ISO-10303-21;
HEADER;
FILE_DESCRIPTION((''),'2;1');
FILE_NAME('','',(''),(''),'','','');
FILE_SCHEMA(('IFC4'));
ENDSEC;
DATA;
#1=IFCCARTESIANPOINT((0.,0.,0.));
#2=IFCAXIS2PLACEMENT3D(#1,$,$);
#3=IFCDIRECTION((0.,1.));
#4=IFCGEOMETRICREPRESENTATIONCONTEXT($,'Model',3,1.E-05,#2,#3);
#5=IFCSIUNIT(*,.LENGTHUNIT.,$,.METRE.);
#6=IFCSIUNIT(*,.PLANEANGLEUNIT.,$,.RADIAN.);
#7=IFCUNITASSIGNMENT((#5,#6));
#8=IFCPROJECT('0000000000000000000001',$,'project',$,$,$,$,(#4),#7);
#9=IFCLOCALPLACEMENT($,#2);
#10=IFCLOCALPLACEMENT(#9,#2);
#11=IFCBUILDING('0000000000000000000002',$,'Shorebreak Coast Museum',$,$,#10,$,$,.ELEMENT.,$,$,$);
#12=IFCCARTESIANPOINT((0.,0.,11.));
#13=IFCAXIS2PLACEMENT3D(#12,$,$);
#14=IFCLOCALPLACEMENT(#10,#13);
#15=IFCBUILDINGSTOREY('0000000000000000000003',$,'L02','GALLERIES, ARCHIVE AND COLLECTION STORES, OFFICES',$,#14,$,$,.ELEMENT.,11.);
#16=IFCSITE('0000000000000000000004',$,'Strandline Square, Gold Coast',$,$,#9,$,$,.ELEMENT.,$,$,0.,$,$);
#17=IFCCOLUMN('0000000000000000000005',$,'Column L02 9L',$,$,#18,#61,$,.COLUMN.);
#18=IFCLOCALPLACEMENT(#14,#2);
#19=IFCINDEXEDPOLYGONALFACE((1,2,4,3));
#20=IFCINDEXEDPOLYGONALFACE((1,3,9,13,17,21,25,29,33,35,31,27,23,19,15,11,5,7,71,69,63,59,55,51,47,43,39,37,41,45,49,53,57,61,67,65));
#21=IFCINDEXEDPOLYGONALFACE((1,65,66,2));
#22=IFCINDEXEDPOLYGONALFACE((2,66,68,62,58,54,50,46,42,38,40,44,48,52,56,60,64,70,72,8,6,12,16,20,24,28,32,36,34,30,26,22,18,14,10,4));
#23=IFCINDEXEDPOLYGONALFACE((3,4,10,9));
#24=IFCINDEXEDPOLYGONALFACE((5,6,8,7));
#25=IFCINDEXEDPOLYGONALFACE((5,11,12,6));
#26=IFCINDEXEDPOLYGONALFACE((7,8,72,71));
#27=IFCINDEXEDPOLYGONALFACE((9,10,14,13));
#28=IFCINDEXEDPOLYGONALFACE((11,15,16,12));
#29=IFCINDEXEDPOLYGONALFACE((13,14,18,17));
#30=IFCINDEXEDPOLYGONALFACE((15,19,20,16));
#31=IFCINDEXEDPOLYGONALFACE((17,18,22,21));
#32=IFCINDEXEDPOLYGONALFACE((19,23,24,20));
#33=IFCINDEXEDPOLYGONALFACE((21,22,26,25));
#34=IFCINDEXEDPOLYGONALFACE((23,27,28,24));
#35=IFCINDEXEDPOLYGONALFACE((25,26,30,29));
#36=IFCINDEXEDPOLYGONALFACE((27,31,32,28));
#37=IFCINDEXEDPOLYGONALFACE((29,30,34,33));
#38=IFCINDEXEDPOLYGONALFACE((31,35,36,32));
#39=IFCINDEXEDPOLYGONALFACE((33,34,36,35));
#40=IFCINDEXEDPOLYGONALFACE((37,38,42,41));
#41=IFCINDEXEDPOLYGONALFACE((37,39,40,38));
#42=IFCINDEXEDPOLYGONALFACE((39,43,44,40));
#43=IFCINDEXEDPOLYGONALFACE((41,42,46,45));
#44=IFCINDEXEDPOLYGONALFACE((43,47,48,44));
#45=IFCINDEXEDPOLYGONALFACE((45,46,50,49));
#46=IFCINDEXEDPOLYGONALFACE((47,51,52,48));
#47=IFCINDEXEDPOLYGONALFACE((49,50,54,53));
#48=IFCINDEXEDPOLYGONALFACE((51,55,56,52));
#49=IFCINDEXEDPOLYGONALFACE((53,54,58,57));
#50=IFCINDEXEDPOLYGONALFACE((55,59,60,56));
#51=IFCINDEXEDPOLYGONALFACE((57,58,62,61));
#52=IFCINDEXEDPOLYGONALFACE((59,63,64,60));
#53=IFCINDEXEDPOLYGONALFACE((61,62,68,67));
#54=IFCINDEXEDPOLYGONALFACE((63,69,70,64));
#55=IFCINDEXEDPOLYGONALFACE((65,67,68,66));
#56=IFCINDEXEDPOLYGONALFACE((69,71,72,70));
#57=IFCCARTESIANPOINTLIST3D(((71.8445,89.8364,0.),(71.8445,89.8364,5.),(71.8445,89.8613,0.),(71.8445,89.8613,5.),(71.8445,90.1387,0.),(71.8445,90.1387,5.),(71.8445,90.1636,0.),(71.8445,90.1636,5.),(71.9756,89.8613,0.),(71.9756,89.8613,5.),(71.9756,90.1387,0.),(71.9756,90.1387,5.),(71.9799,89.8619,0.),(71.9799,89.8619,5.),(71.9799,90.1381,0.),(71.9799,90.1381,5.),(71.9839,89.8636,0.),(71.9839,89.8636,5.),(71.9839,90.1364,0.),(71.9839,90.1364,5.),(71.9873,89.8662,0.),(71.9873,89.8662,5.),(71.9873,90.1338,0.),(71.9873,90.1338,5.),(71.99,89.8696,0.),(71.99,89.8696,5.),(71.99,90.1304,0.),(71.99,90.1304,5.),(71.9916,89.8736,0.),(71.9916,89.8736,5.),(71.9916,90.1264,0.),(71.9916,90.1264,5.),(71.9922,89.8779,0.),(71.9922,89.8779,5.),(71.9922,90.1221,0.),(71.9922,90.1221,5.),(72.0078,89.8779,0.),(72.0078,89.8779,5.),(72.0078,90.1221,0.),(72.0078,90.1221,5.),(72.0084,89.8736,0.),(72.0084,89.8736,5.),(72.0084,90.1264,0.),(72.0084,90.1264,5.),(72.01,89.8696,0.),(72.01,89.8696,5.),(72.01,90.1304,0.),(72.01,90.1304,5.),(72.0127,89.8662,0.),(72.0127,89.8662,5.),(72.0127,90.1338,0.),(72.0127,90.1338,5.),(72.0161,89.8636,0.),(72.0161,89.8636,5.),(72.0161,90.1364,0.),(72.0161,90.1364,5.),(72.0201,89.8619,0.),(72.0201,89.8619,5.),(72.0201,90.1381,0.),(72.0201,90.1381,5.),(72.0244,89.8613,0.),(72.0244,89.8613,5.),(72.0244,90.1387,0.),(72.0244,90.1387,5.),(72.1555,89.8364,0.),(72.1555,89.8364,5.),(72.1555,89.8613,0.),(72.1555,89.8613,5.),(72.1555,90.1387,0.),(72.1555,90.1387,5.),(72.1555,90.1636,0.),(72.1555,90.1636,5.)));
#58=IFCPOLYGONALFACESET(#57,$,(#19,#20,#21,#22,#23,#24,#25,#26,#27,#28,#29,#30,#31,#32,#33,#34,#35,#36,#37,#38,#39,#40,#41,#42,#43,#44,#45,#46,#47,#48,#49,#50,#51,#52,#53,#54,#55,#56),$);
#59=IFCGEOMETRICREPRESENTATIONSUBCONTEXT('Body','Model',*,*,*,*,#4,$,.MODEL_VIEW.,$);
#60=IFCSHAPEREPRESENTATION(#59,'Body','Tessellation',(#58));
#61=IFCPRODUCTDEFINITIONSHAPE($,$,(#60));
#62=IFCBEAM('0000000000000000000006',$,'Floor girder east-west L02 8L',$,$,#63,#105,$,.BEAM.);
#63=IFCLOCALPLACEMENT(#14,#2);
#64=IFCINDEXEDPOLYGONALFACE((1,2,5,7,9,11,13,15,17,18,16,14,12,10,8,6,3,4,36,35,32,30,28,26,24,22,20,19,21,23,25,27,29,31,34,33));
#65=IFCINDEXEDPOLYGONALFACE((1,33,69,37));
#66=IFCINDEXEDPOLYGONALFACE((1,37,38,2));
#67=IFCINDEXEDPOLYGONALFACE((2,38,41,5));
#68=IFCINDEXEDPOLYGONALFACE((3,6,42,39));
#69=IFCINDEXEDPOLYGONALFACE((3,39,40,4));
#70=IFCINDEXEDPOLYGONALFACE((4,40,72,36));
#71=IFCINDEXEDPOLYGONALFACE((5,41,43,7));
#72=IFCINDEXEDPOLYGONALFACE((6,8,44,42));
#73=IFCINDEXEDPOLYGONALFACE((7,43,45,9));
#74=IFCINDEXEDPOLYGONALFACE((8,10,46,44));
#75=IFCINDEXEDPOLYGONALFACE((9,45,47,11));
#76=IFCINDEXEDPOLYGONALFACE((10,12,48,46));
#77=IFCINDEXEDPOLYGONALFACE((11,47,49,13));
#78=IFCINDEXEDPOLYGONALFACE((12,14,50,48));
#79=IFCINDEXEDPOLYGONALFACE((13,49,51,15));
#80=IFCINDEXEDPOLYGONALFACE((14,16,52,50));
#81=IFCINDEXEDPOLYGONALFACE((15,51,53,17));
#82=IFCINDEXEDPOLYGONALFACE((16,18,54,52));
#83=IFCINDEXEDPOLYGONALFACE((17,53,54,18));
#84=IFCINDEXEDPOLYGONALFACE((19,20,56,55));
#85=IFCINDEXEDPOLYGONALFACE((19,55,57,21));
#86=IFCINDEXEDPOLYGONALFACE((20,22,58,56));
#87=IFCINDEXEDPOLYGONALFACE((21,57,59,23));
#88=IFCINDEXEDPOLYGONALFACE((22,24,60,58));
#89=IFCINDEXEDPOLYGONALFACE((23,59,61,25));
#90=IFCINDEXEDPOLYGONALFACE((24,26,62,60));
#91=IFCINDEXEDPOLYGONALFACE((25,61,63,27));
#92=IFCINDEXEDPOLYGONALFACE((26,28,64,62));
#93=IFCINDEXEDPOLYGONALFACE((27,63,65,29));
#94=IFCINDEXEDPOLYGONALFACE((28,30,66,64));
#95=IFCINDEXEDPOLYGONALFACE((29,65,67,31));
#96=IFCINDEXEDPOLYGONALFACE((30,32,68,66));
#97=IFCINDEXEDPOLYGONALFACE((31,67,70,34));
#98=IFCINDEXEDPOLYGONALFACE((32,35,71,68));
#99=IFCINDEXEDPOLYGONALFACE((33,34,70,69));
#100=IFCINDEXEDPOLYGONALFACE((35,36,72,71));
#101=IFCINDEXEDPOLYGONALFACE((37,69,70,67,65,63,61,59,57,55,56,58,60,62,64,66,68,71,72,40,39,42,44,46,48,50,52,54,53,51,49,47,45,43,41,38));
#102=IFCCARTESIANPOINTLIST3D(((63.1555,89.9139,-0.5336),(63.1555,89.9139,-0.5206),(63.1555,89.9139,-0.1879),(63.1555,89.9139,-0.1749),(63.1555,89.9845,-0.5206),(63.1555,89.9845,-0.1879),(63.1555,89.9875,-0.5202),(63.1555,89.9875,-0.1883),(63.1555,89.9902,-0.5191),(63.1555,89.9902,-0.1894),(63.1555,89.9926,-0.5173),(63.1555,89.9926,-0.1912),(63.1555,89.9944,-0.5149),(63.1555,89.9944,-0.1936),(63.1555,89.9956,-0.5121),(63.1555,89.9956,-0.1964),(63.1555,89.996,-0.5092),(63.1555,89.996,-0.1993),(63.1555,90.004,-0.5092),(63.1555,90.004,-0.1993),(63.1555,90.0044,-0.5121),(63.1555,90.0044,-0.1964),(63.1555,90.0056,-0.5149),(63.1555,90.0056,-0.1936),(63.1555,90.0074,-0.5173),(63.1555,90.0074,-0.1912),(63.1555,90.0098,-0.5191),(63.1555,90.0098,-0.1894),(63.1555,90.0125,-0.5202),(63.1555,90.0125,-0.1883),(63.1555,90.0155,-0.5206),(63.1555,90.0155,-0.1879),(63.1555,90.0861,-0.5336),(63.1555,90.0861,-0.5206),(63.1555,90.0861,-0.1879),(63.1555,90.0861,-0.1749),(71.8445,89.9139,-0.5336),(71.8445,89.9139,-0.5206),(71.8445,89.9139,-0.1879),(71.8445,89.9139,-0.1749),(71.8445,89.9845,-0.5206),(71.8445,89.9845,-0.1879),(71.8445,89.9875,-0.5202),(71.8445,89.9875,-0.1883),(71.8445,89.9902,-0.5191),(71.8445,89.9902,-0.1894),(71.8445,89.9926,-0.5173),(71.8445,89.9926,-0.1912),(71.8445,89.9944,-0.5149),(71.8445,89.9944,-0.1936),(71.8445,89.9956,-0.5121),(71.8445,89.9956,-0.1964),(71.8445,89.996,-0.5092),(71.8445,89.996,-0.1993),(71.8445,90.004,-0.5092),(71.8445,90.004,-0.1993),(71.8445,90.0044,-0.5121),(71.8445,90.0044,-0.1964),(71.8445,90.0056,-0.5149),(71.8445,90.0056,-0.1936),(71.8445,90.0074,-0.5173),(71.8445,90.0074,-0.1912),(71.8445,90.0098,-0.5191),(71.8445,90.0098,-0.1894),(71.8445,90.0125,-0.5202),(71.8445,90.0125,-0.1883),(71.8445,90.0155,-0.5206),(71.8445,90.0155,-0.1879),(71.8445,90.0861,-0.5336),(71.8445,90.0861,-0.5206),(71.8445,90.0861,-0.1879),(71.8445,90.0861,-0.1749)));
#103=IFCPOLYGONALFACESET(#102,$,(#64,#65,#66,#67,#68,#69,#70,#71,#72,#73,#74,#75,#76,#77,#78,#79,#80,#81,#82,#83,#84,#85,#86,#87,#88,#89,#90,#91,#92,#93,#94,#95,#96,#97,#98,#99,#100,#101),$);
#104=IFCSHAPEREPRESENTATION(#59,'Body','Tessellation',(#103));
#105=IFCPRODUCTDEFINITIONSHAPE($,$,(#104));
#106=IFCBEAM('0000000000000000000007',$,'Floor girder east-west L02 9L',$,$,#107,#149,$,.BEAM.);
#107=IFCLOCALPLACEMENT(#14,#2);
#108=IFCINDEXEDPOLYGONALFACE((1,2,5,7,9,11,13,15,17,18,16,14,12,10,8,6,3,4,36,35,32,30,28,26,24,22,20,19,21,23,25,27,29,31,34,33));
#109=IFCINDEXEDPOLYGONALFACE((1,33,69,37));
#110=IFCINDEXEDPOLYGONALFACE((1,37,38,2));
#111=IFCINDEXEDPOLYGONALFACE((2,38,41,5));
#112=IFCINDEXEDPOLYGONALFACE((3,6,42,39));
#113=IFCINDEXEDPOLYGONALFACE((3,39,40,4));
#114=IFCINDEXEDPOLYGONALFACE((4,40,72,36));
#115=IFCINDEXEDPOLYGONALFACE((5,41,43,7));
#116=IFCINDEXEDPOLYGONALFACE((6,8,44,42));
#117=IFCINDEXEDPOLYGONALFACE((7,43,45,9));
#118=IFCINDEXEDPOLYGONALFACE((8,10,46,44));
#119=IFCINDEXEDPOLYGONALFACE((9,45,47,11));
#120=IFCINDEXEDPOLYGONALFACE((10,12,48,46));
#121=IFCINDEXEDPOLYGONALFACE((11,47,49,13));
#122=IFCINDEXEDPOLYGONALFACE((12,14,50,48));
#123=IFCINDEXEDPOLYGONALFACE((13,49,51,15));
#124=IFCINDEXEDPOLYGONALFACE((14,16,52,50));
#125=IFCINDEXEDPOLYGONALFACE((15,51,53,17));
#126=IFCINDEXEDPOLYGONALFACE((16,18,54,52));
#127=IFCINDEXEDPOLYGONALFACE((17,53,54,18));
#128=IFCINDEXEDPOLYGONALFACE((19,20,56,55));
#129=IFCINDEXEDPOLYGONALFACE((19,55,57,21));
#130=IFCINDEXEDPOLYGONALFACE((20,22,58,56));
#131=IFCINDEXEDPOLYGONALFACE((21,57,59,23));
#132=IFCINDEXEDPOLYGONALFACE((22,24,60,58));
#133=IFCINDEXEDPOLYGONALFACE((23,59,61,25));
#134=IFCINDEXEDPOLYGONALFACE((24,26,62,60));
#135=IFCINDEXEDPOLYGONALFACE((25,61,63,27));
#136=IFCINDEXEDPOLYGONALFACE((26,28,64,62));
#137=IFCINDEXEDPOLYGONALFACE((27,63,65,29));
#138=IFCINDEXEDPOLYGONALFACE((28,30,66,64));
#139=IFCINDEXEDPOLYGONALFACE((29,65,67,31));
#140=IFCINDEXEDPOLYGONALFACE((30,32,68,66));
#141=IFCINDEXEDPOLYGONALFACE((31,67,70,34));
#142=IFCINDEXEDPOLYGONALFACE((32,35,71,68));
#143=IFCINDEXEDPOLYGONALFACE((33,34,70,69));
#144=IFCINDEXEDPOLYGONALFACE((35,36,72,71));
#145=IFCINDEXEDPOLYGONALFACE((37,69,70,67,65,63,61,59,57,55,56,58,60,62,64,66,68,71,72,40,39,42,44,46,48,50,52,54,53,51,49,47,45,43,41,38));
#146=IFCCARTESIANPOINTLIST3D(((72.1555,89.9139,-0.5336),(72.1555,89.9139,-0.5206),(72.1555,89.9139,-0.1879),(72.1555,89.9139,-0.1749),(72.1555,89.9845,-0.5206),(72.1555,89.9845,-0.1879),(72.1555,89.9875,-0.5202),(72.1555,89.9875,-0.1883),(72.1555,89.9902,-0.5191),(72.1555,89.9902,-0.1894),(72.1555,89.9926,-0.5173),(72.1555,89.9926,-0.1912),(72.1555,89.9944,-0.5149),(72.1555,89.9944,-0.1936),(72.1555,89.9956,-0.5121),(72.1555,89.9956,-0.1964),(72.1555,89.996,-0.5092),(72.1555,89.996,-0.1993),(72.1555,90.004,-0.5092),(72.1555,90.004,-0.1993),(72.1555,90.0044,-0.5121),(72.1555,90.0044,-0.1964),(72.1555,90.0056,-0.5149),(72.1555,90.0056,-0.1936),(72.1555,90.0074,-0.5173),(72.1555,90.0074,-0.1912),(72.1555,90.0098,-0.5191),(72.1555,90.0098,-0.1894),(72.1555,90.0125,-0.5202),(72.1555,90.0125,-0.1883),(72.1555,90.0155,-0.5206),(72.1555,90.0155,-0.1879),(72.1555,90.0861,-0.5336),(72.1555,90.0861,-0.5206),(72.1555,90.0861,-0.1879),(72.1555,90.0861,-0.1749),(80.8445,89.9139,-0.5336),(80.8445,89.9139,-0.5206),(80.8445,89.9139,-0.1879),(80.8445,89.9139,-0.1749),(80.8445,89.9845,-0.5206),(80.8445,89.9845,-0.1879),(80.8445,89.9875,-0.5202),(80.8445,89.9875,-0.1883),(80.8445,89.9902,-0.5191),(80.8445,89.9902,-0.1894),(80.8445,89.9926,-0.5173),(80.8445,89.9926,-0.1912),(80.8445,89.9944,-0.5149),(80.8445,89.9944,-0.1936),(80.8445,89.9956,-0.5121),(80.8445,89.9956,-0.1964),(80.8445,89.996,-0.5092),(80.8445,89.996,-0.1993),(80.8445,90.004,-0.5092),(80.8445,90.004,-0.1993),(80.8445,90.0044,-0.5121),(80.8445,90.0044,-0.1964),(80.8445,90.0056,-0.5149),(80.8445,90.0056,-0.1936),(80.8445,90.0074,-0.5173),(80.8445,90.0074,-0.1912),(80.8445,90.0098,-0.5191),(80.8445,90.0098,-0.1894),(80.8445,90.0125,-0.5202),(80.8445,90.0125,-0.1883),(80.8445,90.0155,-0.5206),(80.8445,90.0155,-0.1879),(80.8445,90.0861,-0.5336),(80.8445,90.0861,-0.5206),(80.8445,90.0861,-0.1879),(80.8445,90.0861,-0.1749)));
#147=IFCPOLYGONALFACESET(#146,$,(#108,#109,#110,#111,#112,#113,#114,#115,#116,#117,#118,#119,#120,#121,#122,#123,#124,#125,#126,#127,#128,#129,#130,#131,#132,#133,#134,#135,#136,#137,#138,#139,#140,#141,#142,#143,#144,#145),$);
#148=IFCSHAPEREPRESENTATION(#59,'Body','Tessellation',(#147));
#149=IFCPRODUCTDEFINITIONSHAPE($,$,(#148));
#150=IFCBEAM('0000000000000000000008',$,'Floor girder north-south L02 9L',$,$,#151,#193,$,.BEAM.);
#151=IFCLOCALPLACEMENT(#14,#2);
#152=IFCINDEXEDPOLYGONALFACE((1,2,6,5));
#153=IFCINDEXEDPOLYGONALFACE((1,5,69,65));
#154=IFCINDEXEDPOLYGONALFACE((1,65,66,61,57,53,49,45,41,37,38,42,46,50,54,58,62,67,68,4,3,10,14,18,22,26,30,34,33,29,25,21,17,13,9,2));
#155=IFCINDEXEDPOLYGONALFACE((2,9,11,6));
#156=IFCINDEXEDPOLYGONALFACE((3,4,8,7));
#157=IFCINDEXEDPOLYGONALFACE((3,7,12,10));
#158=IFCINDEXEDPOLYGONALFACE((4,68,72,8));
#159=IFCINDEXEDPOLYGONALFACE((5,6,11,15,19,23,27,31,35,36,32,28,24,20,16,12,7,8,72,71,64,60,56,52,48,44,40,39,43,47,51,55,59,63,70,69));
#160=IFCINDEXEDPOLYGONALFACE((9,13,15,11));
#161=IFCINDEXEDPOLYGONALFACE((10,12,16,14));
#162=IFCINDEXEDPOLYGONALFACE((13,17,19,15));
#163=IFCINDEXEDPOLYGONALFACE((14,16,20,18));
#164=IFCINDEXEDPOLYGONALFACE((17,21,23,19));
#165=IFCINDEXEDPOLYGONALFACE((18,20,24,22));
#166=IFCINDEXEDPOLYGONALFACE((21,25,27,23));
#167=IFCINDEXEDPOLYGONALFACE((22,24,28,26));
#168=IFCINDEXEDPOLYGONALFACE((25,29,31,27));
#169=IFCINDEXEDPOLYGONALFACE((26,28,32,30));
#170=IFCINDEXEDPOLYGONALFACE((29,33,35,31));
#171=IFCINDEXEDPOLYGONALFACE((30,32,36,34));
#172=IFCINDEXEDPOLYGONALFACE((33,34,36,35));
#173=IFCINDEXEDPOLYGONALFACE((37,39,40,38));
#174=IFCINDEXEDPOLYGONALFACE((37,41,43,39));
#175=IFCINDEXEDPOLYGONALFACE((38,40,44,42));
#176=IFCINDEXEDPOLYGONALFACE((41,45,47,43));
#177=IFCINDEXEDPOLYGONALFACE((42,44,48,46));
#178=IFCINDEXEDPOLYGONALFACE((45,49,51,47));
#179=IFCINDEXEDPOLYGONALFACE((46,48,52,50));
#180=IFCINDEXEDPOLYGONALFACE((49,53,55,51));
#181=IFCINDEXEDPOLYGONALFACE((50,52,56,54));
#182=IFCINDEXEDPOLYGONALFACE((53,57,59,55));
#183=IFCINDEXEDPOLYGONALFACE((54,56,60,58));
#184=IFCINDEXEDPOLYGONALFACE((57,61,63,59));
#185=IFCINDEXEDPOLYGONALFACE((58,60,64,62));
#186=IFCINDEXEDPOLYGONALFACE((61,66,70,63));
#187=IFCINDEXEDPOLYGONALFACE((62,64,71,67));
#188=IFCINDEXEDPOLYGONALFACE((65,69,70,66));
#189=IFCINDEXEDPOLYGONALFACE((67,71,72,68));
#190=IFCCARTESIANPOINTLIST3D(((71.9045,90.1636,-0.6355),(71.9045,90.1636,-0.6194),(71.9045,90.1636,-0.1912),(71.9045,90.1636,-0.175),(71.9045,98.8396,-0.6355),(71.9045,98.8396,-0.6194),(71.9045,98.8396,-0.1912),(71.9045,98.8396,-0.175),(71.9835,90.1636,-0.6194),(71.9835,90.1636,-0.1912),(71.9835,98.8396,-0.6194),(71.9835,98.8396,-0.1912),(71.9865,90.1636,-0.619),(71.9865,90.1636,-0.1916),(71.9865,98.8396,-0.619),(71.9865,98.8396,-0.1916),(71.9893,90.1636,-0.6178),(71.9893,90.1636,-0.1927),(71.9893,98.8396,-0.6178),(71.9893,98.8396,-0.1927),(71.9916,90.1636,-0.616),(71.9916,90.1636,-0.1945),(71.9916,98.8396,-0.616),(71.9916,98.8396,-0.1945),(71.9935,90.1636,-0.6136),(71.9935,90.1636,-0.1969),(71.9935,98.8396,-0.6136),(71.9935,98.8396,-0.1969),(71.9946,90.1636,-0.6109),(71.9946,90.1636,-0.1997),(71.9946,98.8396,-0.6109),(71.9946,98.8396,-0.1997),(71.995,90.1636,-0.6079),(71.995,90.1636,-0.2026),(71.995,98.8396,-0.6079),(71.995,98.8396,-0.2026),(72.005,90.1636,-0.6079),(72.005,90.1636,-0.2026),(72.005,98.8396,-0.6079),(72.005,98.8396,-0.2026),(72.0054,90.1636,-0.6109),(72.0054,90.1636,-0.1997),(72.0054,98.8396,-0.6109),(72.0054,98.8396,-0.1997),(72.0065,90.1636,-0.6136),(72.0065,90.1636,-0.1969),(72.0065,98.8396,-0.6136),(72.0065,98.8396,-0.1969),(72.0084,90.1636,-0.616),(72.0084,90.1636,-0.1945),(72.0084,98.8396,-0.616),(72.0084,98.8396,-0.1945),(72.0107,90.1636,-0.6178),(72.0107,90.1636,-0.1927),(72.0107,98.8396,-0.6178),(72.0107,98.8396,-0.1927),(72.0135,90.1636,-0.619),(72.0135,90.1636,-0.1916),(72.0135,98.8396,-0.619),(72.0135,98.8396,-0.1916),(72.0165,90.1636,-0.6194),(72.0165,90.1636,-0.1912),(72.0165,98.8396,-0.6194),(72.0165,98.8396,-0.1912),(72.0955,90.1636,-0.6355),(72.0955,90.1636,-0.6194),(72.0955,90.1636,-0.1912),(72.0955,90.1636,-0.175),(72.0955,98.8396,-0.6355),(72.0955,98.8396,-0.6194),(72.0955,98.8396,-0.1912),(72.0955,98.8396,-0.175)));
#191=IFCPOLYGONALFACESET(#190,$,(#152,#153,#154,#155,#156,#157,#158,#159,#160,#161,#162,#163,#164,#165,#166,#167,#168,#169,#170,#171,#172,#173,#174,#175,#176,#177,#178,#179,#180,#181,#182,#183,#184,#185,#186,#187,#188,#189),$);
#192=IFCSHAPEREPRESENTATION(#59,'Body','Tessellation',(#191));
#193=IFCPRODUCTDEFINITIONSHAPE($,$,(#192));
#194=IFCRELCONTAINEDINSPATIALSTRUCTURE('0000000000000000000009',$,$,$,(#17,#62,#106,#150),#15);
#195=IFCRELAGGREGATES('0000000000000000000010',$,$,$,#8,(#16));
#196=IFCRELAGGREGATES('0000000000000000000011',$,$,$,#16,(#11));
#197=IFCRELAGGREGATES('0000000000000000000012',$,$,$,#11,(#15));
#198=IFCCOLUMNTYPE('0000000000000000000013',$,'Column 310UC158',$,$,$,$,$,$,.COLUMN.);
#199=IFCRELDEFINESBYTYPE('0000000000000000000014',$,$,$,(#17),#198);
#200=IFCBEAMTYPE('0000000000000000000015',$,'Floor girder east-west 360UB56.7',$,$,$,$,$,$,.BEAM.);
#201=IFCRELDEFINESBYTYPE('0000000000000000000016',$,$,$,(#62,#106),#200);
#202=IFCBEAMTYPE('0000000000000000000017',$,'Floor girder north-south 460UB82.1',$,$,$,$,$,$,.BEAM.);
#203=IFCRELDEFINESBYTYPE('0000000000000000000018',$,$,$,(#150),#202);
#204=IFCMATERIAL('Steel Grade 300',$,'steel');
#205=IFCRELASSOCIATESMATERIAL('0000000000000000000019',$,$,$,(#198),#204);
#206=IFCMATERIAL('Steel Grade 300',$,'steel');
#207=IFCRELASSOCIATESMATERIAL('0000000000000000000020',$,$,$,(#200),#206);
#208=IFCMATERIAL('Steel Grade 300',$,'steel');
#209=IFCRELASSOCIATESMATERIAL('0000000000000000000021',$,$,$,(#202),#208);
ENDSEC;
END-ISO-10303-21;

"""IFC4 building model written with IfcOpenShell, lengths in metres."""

from ifc_helpers import new_model, si_unit, direction, frame, origin, origin_2d, place, context, subcontext, project, spatial, i_section, extrude, material, material_profile, profile_set, type_object, element, save


model = new_model("IFC4")

# Units and contexts
model_context = context("Model", 3, precision=1e-05, world=origin(), true_north=direction((0.0, 1.0)))
body_context = subcontext(model_context, "Body", "Model", "MODEL_VIEW")
ifc_project = project(units=[si_unit("LENGTHUNIT", "METRE"), si_unit("PLANEANGLEUNIT", "RADIAN")], contexts=[model_context])

# Site, building, storey
site_placement = place(None, origin())
site = spatial("IfcSite", under=ifc_project, at=site_placement, Name="Strandline Square, Gold Coast", CompositionType="ELEMENT", RefElevation=0.0)
building_placement = place(site_placement, origin())
building = spatial("IfcBuilding", under=site, at=building_placement, Name="Shorebreak Coast Museum", CompositionType="ELEMENT")
storey_placement = place(building_placement, frame((0.0, 0.0, 11.0)))
storey = spatial("IfcBuildingStorey", under=building, at=storey_placement, Name="L02", Description="GALLERIES, ARCHIVE AND COLLECTION STORES, OFFICES", CompositionType="ELEMENT", Elevation=11.0)

# Column
ifc_material_1 = material(Name="Steel Grade 300", Category="steel")
ifc_material_profile_1 = material_profile(ifc_material_1, i_section(OverallWidth=0.311, OverallDepth=0.3271, WebThickness=0.0156, FlangeThickness=0.0249, FilletRadius=0.0166, at=origin_2d()), Name="310UC158")
ifc_profile_set_1 = profile_set([ifc_material_profile_1], Name="Steel Grade 300")
column_type = type_object("IfcColumnType", Name="Column 310UC158", PredefinedType="COLUMN", material=ifc_profile_set_1)
column_placement = place(storey_placement, frame((72.0, 90.0, 0.0), z_axis=(0.0, 0.0, 1.0), x_axis=(1.0, 0.0, 0.0)))
element("IfcColumn", 1, at=column_placement, inside=storey, type_object=column_type, Name="Column L02 9L", PredefinedType="COLUMN", context=body_context, shape_type="SweptSolid", body=[
    extrude(i_section(OverallWidth=0.311, OverallDepth=0.3271, WebThickness=0.0156, FlangeThickness=0.0249, FilletRadius=0.0166, at=origin_2d()), origin(), (0.0, 0.0, 1.0), 5.0),
])

# Beams
ifc_material_2 = material(Name="Steel Grade 300", Category="steel")
ifc_material_profile_2 = material_profile(ifc_material_2, i_section(OverallWidth=0.1721, OverallDepth=0.3586, WebThickness=0.0081, FlangeThickness=0.0129, FilletRadius=0.0115, at=origin_2d()), Name="360UB56.7")
ifc_profile_set_2 = profile_set([ifc_material_profile_2], Name="Steel Grade 300")
beam_type_1 = type_object("IfcBeamType", Name="Floor girder east-west 360UB56.7", PredefinedType="BEAM", material=ifc_profile_set_2)
for number, where, z_axis, x_axis, name in (
    (2, (63.1555, 90.0, -0.3542), (1.0, 0.0, 0.0), (0.0, 1.0, 0.0), "Floor girder east-west L02 8L"),
    (3, (72.1555, 90.0, -0.3542), (1.0, 0.0, 0.0), (0.0, 1.0, 0.0), "Floor girder east-west L02 9L"),
):
    element("IfcBeam", number, at=place(storey_placement, frame(where, z_axis=z_axis, x_axis=x_axis)), inside=storey, type_object=beam_type_1, Name=name, PredefinedType="BEAM", context=body_context, shape_type="SweptSolid", body=[
        extrude(i_section(OverallWidth=0.1721, OverallDepth=0.3586, WebThickness=0.0081, FlangeThickness=0.0129, FilletRadius=0.0115, at=origin_2d()), origin(), (0.0, 0.0, 1.0), 8.689),
    ])
ifc_material_3 = material(Name="Steel Grade 300", Category="steel")
ifc_material_profile_3 = material_profile(ifc_material_3, i_section(OverallWidth=0.1909, OverallDepth=0.4604, WebThickness=0.01, FlangeThickness=0.0161, FilletRadius=0.0115, at=origin_2d()), Name="460UB82.1")
ifc_profile_set_3 = profile_set([ifc_material_profile_3], Name="Steel Grade 300")
beam_type_2 = type_object("IfcBeamType", Name="Floor girder north-south 460UB82.1", PredefinedType="BEAM", material=ifc_profile_set_3)
beam_placement = place(storey_placement, frame((72.0, 90.1636, -0.4053), z_axis=(0.0, 1.0, 0.0), x_axis=(-1.0, 0.0, 0.0)))
element("IfcBeam", 4, at=beam_placement, inside=storey, type_object=beam_type_2, Name="Floor girder north-south L02 9L", PredefinedType="BEAM", context=body_context, shape_type="SweptSolid", body=[
    extrude(i_section(OverallWidth=0.1909, OverallDepth=0.4604, WebThickness=0.01, FlangeThickness=0.0161, FilletRadius=0.0115, at=origin_2d()), origin(), (0.0, 0.0, 1.0), 8.676),
])

save(model, "model.ifc")
